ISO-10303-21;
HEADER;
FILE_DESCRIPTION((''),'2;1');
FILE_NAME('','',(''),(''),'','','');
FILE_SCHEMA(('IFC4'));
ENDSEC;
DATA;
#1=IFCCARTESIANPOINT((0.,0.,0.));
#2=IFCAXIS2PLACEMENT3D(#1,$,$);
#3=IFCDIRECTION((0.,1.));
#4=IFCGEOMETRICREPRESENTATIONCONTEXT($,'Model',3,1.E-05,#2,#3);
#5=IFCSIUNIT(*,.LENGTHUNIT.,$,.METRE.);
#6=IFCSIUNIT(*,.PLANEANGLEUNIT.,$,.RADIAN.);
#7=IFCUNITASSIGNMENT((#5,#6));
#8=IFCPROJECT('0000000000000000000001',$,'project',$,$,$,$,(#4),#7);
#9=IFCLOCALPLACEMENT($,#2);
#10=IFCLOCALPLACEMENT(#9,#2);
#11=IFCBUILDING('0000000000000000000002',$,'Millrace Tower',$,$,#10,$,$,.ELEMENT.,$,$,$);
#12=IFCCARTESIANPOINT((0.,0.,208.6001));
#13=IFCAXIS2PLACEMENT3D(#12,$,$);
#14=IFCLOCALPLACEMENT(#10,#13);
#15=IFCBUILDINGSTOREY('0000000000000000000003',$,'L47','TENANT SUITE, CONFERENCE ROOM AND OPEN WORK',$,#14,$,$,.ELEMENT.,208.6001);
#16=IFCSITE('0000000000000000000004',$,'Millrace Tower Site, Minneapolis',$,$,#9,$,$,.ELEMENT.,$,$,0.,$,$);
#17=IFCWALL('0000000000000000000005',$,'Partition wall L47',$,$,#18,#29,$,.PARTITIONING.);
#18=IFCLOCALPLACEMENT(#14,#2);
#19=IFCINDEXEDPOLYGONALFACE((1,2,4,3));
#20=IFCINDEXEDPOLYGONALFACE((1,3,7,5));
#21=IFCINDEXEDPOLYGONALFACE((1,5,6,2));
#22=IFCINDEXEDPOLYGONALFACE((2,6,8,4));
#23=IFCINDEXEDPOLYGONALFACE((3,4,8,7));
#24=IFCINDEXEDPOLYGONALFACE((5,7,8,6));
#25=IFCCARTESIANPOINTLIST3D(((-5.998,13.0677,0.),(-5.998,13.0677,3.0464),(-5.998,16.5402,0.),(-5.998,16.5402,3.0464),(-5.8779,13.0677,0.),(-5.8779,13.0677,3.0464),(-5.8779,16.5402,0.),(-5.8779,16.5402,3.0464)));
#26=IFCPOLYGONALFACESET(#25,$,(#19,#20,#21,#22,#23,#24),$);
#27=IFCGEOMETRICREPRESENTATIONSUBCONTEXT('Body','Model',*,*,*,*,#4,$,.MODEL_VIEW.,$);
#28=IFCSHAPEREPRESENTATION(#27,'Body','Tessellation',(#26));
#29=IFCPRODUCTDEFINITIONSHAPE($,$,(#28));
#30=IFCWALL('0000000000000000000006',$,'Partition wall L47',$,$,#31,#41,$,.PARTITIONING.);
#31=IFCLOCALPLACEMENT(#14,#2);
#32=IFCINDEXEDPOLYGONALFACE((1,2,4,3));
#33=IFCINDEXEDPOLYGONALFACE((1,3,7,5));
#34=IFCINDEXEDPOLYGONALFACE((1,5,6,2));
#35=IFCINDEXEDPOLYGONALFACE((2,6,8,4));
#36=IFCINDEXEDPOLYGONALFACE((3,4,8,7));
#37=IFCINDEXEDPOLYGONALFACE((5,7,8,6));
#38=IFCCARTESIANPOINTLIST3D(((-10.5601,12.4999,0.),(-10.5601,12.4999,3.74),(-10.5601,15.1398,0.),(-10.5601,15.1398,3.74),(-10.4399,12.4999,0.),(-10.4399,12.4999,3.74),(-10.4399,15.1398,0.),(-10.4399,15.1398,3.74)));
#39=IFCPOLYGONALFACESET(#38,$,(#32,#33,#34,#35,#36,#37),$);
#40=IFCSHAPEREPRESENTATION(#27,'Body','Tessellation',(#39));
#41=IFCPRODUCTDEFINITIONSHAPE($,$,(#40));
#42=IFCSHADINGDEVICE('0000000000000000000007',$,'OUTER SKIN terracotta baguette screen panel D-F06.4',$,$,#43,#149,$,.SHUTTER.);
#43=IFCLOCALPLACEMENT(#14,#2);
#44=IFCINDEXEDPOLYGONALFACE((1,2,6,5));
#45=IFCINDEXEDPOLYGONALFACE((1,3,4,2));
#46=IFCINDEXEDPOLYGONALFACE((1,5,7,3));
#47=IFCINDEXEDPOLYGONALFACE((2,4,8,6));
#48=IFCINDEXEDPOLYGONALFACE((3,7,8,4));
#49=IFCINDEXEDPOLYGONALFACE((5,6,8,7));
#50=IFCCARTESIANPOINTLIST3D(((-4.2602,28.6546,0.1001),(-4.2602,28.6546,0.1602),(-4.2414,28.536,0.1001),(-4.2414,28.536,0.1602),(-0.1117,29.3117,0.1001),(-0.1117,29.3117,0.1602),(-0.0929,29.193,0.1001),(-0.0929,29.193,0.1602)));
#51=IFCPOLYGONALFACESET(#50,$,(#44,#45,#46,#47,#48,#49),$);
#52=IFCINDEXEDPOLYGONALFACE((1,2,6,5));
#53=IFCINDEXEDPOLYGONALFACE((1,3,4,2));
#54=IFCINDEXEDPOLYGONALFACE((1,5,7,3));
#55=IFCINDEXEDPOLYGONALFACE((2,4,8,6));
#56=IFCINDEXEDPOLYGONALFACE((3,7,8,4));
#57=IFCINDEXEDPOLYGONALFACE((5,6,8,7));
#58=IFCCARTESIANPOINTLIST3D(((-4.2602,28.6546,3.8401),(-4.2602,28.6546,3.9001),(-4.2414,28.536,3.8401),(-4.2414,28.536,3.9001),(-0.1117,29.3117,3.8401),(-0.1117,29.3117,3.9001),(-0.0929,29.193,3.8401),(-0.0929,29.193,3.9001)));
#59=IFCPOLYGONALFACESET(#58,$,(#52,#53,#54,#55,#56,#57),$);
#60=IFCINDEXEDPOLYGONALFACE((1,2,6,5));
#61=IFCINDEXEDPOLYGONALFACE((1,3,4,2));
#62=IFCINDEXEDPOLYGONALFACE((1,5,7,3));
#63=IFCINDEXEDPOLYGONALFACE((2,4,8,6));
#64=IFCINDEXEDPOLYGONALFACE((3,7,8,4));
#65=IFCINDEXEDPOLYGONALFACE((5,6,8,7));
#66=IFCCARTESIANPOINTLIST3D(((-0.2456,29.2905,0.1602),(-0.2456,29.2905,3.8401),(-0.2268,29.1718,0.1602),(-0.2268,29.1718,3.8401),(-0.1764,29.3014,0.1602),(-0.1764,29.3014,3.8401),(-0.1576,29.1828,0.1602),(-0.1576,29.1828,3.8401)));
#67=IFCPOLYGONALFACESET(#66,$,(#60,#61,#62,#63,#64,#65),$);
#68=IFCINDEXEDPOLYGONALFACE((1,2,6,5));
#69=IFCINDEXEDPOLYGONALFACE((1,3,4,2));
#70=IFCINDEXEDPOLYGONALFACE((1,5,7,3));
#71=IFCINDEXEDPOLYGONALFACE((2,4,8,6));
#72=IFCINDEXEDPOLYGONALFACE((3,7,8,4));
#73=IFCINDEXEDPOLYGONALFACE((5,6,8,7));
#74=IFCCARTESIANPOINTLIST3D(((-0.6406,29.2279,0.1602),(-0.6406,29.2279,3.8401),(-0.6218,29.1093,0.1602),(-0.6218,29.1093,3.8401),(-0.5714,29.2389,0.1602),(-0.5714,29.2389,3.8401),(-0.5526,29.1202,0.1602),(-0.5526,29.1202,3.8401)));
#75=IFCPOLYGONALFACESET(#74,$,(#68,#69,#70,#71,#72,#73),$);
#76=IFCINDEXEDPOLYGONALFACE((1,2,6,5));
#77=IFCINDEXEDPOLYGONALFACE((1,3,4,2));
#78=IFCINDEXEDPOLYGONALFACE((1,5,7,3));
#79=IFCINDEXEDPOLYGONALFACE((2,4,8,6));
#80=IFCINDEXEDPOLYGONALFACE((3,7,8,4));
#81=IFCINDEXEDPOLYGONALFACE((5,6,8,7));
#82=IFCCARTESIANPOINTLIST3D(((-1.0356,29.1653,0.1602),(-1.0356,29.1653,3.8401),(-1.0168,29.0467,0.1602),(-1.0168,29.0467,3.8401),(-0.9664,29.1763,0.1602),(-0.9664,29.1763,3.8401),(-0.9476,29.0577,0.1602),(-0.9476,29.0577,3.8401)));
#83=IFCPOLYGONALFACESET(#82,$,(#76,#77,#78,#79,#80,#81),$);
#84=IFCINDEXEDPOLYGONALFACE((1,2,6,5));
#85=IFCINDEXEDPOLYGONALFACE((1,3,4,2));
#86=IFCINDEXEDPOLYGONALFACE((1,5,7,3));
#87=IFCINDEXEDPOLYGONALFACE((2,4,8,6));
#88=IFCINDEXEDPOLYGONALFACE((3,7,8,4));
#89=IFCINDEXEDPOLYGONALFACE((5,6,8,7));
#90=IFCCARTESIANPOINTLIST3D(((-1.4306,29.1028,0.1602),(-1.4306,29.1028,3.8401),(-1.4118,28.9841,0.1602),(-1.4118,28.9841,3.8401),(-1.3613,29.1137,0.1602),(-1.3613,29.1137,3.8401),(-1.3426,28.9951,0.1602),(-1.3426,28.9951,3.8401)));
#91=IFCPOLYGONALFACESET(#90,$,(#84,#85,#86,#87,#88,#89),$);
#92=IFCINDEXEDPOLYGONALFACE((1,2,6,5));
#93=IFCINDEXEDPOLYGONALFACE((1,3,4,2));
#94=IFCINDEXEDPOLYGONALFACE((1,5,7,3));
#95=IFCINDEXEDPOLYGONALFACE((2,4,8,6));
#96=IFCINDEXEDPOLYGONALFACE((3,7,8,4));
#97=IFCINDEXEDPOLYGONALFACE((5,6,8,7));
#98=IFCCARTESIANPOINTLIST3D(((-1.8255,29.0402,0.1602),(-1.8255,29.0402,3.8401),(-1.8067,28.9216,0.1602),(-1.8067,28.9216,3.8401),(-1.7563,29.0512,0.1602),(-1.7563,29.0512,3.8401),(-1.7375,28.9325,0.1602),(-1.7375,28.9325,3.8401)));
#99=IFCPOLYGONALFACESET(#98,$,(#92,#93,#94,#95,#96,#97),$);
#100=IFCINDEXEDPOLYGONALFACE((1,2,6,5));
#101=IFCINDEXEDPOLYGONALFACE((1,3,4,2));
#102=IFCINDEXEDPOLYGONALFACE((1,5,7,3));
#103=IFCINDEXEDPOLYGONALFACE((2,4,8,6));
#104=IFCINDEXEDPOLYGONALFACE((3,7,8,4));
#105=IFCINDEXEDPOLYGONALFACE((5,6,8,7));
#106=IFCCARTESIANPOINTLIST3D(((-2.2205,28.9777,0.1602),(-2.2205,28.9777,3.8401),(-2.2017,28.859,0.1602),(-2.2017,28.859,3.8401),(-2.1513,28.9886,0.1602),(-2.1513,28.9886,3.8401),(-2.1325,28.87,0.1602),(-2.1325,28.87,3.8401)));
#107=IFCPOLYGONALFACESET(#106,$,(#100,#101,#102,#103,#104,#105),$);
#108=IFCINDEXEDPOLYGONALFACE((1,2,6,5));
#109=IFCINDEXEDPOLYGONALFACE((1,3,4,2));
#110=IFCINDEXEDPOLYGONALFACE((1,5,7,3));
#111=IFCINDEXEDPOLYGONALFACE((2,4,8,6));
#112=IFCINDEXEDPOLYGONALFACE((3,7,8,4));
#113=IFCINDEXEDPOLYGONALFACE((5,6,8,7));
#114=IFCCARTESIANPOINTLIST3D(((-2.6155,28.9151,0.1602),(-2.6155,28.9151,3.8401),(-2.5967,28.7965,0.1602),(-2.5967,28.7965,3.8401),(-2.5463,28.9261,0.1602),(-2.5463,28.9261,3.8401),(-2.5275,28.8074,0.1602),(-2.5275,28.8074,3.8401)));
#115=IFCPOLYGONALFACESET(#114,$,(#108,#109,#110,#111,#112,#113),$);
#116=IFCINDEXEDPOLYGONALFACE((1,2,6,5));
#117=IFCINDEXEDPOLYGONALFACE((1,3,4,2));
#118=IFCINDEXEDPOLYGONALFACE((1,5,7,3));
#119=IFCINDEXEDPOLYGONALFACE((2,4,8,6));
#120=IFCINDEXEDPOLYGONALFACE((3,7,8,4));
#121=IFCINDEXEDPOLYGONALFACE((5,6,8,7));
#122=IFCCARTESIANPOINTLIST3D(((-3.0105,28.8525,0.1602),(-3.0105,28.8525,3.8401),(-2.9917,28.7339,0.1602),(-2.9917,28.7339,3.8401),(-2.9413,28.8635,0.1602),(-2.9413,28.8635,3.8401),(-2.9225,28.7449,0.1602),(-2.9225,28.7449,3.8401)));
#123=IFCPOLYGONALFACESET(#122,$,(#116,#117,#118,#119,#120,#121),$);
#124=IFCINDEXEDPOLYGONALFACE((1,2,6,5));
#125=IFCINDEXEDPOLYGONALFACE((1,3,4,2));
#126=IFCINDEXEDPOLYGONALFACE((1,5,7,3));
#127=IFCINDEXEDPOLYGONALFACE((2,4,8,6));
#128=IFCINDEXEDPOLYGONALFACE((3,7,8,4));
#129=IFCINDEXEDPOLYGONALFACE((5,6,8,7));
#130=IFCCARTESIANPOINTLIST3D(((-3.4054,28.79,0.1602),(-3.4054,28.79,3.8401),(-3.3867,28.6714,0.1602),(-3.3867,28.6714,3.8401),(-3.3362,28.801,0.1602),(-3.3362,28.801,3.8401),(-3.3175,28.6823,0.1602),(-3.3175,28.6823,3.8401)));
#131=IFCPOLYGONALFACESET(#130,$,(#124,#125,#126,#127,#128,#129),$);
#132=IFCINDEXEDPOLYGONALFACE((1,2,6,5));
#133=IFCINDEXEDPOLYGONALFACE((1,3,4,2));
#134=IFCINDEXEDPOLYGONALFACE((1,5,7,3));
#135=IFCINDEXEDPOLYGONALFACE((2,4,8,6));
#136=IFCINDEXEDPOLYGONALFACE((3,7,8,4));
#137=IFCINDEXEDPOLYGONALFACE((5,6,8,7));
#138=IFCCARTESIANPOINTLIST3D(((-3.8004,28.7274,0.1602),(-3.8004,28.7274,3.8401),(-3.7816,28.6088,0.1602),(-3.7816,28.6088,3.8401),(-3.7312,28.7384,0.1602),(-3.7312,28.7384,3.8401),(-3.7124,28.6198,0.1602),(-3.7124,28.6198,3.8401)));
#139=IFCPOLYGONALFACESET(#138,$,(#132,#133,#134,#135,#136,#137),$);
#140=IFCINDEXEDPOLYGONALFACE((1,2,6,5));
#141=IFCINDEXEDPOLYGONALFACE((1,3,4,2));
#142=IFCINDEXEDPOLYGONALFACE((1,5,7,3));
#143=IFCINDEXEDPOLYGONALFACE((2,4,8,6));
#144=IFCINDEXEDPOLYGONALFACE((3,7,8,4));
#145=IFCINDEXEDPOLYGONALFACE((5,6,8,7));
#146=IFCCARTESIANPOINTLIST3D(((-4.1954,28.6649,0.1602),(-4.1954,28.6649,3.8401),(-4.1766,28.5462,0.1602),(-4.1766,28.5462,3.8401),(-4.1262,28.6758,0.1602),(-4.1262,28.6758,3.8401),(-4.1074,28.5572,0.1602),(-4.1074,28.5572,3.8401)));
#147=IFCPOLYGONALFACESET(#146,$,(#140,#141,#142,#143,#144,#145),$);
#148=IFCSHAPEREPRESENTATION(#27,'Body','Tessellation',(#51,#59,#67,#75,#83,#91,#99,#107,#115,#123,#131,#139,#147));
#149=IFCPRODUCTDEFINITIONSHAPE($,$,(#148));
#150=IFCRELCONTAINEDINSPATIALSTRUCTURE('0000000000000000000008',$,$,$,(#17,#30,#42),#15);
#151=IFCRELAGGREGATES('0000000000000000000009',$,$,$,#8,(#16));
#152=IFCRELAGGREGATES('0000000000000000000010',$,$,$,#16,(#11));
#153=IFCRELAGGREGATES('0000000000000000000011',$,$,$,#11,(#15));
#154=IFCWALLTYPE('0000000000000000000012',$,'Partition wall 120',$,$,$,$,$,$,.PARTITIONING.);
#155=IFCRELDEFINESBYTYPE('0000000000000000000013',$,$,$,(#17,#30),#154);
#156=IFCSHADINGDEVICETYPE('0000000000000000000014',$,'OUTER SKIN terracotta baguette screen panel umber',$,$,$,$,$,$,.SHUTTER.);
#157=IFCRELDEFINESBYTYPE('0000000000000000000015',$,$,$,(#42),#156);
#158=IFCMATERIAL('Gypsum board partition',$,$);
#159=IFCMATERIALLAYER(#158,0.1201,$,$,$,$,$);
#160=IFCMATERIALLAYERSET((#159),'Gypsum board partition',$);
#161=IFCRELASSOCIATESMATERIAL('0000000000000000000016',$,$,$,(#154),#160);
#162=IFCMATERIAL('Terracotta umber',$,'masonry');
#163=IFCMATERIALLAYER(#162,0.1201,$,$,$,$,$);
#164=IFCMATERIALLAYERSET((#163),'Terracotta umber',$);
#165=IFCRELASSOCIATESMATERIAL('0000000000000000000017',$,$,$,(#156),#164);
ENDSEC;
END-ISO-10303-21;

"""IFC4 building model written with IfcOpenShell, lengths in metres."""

from ifc_helpers import new_model, entity, si_unit, direction, frame, frame_2d, origin, origin_2d, place, context, subcontext, project, spatial, rectangle, extrude, source, transform, mapped, material, layer, layer_set, type_object, element, save


model = new_model("IFC4")

# Units and contexts
model_context = context("Model", 3, precision=1e-05, world=origin(), true_north=direction((0.0, 1.0)))
body_context = subcontext(model_context, "Body", "Model", "MODEL_VIEW")
ifc_project = project(units=[si_unit("LENGTHUNIT", "METRE"), si_unit("PLANEANGLEUNIT", "RADIAN")], contexts=[model_context])

# Site, building, storey
site_placement = place(None, origin())
site = spatial("IfcSite", under=ifc_project, at=site_placement, Name="Millrace Tower Site, Minneapolis", CompositionType="ELEMENT", RefElevation=0.0)
building_placement = place(site_placement, origin())
building = spatial("IfcBuilding", under=site, at=building_placement, Name="Millrace Tower", CompositionType="ELEMENT")
storey_placement = place(building_placement, frame((0.0, 0.0, 208.6001)))
storey = spatial("IfcBuildingStorey", under=building, at=storey_placement, Name="L47", Description="TENANT SUITE, CONFERENCE ROOM AND OPEN WORK", CompositionType="ELEMENT", Elevation=208.6001)

# Walls
ifc_material_1 = material(Name="Gypsum board partition")
ifc_layer_1 = layer(ifc_material_1, 0.1201)
ifc_layer_set_1 = layer_set([ifc_layer_1], Name="Gypsum board partition")
wall_type_1 = type_object("IfcWallType", Name="Partition wall 120", PredefinedType="PARTITIONING", material=ifc_layer_set_1)
wall_1_placement = place(storey_placement, frame((-5.938, 13.0676, 0.0), z_axis=(0.0, 0.0, 1.0), x_axis=(0.0, 1.0, 0.0)))
element("IfcWall", 1, at=wall_1_placement, inside=storey, type_object=wall_type_1, Name="Partition wall L47", PredefinedType="PARTITIONING", context=body_context, shape_type="SweptSolid", body=[
    extrude(rectangle(XDim=3.4724, YDim=0.1201, at=frame_2d((1.7363, 0.0))), origin(), (0.0, 0.0, 1.0), 3.0464),
])
wall_2_placement = place(storey_placement, frame((-10.5, 12.5, 0.0), z_axis=(0.0, 0.0, 1.0), x_axis=(0.0, 1.0, 0.0)))
element("IfcWall", 2, at=wall_2_placement, inside=storey, type_object=wall_type_1, Name="Partition wall L47", PredefinedType="PARTITIONING", context=body_context, shape_type="SweptSolid", body=[
    extrude(rectangle(XDim=2.6399, YDim=0.1201, at=frame_2d((1.3198, 0.0))), origin(), (0.0, 0.0, 1.0), 3.74),
])

# Shading device
ifc_material_2 = material(Name="Terracotta umber", Category="masonry")
ifc_layer_2 = layer(ifc_material_2, 0.1201)
ifc_layer_set_2 = layer_set([ifc_layer_2], Name="Terracotta umber")
shading_device_type = type_object("IfcShadingDeviceType", Name="OUTER SKIN terracotta baguette screen panel umber", PredefinedType="SHUTTER", material=ifc_layer_set_2)
cartesian_point = entity("IfcCartesianPoint", [-2.1001, 0.0601])
shared_polyline = entity("IfcPolyline", [cartesian_point, entity("IfcCartesianPoint", [2.1001, 0.0601]), entity("IfcCartesianPoint", [2.1001, -0.0601]), entity("IfcCartesianPoint", [-2.1001, -0.0601]), cartesian_point])
shared_shape = source(origin(), body_context, "Body", "SweptSolid", [
    entity("IfcExtrudedAreaSolid", entity("IfcArbitraryClosedProfileDef", "AREA", None, shared_polyline), entity("IfcAxis2Placement3D", entity("IfcCartesianPoint", [0.0, 0.0, 0.0])), entity("IfcDirection", [0.0, 0.0, 1.0]), 0.0601),
    entity("IfcExtrudedAreaSolid", entity("IfcArbitraryClosedProfileDef", "AREA", None, shared_polyline), entity("IfcAxis2Placement3D", entity("IfcCartesianPoint", [0.0, 0.0, 3.74])), entity("IfcDirection", [0.0, 0.0, 1.0]), 0.0601),
    extrude(rectangle(XDim=0.0701, YDim=0.1201, at=frame_2d((-1.9995, 0.0))), frame((0.0, 0.0, 0.0601)), (0.0, 0.0, 1.0), 3.6799),
    extrude(rectangle(XDim=0.0701, YDim=0.1201, at=frame_2d((-1.5996, 0.0))), frame((0.0, 0.0, 0.0601)), (0.0, 0.0, 1.0), 3.6799),
    extrude(rectangle(XDim=0.0701, YDim=0.1201, at=frame_2d((-1.1997, 0.0))), frame((0.0, 0.0, 0.0601)), (0.0, 0.0, 1.0), 3.6799),
    extrude(rectangle(XDim=0.0701, YDim=0.1201, at=frame_2d((-0.7998, 0.0))), frame((0.0, 0.0, 0.0601)), (0.0, 0.0, 1.0), 3.6799),
    extrude(rectangle(XDim=0.0701, YDim=0.1201, at=frame_2d((-0.3999, 0.0))), frame((0.0, 0.0, 0.0601)), (0.0, 0.0, 1.0), 3.6799),
    extrude(rectangle(XDim=0.0701, YDim=0.1201, at=origin_2d()), frame((0.0, 0.0, 0.0601)), (0.0, 0.0, 1.0), 3.6799),
    extrude(rectangle(XDim=0.0701, YDim=0.1201, at=frame_2d((0.3999, 0.0))), frame((0.0, 0.0, 0.0601)), (0.0, 0.0, 1.0), 3.6799),
    extrude(rectangle(XDim=0.0701, YDim=0.1201, at=frame_2d((0.7998, 0.0))), frame((0.0, 0.0, 0.0601)), (0.0, 0.0, 1.0), 3.6799),
    extrude(rectangle(XDim=0.0701, YDim=0.1201, at=frame_2d((1.1997, 0.0))), frame((0.0, 0.0, 0.0601)), (0.0, 0.0, 1.0), 3.6799),
    extrude(rectangle(XDim=0.0701, YDim=0.1201, at=frame_2d((1.5996, 0.0))), frame((0.0, 0.0, 0.0601)), (0.0, 0.0, 1.0), 3.6799),
    extrude(rectangle(XDim=0.0701, YDim=0.1201, at=frame_2d((1.9995, 0.0))), frame((0.0, 0.0, 0.0601)), (0.0, 0.0, 1.0), 3.6799),
])
for number, where, z_axis, x_axis, name in (
    (3, (-2.1765, 28.9238, 0.1001), (0.0, 0.0, 1.0), (-0.987688, -0.156434, 0.0), "OUTER SKIN terracotta baguette screen panel D-F06.4"),
):
    element("IfcShadingDevice", number, at=place(storey_placement, frame(where, z_axis=z_axis, x_axis=x_axis)), inside=storey, type_object=shading_device_type, Name=name, PredefinedType="SHUTTER", context=body_context, shape_type="MappedRepresentation", body=[
        mapped(shared_shape, transform((0.0, 0.0, 0.0), scale=1.0)),
    ])

save(model, "model.ifc")
